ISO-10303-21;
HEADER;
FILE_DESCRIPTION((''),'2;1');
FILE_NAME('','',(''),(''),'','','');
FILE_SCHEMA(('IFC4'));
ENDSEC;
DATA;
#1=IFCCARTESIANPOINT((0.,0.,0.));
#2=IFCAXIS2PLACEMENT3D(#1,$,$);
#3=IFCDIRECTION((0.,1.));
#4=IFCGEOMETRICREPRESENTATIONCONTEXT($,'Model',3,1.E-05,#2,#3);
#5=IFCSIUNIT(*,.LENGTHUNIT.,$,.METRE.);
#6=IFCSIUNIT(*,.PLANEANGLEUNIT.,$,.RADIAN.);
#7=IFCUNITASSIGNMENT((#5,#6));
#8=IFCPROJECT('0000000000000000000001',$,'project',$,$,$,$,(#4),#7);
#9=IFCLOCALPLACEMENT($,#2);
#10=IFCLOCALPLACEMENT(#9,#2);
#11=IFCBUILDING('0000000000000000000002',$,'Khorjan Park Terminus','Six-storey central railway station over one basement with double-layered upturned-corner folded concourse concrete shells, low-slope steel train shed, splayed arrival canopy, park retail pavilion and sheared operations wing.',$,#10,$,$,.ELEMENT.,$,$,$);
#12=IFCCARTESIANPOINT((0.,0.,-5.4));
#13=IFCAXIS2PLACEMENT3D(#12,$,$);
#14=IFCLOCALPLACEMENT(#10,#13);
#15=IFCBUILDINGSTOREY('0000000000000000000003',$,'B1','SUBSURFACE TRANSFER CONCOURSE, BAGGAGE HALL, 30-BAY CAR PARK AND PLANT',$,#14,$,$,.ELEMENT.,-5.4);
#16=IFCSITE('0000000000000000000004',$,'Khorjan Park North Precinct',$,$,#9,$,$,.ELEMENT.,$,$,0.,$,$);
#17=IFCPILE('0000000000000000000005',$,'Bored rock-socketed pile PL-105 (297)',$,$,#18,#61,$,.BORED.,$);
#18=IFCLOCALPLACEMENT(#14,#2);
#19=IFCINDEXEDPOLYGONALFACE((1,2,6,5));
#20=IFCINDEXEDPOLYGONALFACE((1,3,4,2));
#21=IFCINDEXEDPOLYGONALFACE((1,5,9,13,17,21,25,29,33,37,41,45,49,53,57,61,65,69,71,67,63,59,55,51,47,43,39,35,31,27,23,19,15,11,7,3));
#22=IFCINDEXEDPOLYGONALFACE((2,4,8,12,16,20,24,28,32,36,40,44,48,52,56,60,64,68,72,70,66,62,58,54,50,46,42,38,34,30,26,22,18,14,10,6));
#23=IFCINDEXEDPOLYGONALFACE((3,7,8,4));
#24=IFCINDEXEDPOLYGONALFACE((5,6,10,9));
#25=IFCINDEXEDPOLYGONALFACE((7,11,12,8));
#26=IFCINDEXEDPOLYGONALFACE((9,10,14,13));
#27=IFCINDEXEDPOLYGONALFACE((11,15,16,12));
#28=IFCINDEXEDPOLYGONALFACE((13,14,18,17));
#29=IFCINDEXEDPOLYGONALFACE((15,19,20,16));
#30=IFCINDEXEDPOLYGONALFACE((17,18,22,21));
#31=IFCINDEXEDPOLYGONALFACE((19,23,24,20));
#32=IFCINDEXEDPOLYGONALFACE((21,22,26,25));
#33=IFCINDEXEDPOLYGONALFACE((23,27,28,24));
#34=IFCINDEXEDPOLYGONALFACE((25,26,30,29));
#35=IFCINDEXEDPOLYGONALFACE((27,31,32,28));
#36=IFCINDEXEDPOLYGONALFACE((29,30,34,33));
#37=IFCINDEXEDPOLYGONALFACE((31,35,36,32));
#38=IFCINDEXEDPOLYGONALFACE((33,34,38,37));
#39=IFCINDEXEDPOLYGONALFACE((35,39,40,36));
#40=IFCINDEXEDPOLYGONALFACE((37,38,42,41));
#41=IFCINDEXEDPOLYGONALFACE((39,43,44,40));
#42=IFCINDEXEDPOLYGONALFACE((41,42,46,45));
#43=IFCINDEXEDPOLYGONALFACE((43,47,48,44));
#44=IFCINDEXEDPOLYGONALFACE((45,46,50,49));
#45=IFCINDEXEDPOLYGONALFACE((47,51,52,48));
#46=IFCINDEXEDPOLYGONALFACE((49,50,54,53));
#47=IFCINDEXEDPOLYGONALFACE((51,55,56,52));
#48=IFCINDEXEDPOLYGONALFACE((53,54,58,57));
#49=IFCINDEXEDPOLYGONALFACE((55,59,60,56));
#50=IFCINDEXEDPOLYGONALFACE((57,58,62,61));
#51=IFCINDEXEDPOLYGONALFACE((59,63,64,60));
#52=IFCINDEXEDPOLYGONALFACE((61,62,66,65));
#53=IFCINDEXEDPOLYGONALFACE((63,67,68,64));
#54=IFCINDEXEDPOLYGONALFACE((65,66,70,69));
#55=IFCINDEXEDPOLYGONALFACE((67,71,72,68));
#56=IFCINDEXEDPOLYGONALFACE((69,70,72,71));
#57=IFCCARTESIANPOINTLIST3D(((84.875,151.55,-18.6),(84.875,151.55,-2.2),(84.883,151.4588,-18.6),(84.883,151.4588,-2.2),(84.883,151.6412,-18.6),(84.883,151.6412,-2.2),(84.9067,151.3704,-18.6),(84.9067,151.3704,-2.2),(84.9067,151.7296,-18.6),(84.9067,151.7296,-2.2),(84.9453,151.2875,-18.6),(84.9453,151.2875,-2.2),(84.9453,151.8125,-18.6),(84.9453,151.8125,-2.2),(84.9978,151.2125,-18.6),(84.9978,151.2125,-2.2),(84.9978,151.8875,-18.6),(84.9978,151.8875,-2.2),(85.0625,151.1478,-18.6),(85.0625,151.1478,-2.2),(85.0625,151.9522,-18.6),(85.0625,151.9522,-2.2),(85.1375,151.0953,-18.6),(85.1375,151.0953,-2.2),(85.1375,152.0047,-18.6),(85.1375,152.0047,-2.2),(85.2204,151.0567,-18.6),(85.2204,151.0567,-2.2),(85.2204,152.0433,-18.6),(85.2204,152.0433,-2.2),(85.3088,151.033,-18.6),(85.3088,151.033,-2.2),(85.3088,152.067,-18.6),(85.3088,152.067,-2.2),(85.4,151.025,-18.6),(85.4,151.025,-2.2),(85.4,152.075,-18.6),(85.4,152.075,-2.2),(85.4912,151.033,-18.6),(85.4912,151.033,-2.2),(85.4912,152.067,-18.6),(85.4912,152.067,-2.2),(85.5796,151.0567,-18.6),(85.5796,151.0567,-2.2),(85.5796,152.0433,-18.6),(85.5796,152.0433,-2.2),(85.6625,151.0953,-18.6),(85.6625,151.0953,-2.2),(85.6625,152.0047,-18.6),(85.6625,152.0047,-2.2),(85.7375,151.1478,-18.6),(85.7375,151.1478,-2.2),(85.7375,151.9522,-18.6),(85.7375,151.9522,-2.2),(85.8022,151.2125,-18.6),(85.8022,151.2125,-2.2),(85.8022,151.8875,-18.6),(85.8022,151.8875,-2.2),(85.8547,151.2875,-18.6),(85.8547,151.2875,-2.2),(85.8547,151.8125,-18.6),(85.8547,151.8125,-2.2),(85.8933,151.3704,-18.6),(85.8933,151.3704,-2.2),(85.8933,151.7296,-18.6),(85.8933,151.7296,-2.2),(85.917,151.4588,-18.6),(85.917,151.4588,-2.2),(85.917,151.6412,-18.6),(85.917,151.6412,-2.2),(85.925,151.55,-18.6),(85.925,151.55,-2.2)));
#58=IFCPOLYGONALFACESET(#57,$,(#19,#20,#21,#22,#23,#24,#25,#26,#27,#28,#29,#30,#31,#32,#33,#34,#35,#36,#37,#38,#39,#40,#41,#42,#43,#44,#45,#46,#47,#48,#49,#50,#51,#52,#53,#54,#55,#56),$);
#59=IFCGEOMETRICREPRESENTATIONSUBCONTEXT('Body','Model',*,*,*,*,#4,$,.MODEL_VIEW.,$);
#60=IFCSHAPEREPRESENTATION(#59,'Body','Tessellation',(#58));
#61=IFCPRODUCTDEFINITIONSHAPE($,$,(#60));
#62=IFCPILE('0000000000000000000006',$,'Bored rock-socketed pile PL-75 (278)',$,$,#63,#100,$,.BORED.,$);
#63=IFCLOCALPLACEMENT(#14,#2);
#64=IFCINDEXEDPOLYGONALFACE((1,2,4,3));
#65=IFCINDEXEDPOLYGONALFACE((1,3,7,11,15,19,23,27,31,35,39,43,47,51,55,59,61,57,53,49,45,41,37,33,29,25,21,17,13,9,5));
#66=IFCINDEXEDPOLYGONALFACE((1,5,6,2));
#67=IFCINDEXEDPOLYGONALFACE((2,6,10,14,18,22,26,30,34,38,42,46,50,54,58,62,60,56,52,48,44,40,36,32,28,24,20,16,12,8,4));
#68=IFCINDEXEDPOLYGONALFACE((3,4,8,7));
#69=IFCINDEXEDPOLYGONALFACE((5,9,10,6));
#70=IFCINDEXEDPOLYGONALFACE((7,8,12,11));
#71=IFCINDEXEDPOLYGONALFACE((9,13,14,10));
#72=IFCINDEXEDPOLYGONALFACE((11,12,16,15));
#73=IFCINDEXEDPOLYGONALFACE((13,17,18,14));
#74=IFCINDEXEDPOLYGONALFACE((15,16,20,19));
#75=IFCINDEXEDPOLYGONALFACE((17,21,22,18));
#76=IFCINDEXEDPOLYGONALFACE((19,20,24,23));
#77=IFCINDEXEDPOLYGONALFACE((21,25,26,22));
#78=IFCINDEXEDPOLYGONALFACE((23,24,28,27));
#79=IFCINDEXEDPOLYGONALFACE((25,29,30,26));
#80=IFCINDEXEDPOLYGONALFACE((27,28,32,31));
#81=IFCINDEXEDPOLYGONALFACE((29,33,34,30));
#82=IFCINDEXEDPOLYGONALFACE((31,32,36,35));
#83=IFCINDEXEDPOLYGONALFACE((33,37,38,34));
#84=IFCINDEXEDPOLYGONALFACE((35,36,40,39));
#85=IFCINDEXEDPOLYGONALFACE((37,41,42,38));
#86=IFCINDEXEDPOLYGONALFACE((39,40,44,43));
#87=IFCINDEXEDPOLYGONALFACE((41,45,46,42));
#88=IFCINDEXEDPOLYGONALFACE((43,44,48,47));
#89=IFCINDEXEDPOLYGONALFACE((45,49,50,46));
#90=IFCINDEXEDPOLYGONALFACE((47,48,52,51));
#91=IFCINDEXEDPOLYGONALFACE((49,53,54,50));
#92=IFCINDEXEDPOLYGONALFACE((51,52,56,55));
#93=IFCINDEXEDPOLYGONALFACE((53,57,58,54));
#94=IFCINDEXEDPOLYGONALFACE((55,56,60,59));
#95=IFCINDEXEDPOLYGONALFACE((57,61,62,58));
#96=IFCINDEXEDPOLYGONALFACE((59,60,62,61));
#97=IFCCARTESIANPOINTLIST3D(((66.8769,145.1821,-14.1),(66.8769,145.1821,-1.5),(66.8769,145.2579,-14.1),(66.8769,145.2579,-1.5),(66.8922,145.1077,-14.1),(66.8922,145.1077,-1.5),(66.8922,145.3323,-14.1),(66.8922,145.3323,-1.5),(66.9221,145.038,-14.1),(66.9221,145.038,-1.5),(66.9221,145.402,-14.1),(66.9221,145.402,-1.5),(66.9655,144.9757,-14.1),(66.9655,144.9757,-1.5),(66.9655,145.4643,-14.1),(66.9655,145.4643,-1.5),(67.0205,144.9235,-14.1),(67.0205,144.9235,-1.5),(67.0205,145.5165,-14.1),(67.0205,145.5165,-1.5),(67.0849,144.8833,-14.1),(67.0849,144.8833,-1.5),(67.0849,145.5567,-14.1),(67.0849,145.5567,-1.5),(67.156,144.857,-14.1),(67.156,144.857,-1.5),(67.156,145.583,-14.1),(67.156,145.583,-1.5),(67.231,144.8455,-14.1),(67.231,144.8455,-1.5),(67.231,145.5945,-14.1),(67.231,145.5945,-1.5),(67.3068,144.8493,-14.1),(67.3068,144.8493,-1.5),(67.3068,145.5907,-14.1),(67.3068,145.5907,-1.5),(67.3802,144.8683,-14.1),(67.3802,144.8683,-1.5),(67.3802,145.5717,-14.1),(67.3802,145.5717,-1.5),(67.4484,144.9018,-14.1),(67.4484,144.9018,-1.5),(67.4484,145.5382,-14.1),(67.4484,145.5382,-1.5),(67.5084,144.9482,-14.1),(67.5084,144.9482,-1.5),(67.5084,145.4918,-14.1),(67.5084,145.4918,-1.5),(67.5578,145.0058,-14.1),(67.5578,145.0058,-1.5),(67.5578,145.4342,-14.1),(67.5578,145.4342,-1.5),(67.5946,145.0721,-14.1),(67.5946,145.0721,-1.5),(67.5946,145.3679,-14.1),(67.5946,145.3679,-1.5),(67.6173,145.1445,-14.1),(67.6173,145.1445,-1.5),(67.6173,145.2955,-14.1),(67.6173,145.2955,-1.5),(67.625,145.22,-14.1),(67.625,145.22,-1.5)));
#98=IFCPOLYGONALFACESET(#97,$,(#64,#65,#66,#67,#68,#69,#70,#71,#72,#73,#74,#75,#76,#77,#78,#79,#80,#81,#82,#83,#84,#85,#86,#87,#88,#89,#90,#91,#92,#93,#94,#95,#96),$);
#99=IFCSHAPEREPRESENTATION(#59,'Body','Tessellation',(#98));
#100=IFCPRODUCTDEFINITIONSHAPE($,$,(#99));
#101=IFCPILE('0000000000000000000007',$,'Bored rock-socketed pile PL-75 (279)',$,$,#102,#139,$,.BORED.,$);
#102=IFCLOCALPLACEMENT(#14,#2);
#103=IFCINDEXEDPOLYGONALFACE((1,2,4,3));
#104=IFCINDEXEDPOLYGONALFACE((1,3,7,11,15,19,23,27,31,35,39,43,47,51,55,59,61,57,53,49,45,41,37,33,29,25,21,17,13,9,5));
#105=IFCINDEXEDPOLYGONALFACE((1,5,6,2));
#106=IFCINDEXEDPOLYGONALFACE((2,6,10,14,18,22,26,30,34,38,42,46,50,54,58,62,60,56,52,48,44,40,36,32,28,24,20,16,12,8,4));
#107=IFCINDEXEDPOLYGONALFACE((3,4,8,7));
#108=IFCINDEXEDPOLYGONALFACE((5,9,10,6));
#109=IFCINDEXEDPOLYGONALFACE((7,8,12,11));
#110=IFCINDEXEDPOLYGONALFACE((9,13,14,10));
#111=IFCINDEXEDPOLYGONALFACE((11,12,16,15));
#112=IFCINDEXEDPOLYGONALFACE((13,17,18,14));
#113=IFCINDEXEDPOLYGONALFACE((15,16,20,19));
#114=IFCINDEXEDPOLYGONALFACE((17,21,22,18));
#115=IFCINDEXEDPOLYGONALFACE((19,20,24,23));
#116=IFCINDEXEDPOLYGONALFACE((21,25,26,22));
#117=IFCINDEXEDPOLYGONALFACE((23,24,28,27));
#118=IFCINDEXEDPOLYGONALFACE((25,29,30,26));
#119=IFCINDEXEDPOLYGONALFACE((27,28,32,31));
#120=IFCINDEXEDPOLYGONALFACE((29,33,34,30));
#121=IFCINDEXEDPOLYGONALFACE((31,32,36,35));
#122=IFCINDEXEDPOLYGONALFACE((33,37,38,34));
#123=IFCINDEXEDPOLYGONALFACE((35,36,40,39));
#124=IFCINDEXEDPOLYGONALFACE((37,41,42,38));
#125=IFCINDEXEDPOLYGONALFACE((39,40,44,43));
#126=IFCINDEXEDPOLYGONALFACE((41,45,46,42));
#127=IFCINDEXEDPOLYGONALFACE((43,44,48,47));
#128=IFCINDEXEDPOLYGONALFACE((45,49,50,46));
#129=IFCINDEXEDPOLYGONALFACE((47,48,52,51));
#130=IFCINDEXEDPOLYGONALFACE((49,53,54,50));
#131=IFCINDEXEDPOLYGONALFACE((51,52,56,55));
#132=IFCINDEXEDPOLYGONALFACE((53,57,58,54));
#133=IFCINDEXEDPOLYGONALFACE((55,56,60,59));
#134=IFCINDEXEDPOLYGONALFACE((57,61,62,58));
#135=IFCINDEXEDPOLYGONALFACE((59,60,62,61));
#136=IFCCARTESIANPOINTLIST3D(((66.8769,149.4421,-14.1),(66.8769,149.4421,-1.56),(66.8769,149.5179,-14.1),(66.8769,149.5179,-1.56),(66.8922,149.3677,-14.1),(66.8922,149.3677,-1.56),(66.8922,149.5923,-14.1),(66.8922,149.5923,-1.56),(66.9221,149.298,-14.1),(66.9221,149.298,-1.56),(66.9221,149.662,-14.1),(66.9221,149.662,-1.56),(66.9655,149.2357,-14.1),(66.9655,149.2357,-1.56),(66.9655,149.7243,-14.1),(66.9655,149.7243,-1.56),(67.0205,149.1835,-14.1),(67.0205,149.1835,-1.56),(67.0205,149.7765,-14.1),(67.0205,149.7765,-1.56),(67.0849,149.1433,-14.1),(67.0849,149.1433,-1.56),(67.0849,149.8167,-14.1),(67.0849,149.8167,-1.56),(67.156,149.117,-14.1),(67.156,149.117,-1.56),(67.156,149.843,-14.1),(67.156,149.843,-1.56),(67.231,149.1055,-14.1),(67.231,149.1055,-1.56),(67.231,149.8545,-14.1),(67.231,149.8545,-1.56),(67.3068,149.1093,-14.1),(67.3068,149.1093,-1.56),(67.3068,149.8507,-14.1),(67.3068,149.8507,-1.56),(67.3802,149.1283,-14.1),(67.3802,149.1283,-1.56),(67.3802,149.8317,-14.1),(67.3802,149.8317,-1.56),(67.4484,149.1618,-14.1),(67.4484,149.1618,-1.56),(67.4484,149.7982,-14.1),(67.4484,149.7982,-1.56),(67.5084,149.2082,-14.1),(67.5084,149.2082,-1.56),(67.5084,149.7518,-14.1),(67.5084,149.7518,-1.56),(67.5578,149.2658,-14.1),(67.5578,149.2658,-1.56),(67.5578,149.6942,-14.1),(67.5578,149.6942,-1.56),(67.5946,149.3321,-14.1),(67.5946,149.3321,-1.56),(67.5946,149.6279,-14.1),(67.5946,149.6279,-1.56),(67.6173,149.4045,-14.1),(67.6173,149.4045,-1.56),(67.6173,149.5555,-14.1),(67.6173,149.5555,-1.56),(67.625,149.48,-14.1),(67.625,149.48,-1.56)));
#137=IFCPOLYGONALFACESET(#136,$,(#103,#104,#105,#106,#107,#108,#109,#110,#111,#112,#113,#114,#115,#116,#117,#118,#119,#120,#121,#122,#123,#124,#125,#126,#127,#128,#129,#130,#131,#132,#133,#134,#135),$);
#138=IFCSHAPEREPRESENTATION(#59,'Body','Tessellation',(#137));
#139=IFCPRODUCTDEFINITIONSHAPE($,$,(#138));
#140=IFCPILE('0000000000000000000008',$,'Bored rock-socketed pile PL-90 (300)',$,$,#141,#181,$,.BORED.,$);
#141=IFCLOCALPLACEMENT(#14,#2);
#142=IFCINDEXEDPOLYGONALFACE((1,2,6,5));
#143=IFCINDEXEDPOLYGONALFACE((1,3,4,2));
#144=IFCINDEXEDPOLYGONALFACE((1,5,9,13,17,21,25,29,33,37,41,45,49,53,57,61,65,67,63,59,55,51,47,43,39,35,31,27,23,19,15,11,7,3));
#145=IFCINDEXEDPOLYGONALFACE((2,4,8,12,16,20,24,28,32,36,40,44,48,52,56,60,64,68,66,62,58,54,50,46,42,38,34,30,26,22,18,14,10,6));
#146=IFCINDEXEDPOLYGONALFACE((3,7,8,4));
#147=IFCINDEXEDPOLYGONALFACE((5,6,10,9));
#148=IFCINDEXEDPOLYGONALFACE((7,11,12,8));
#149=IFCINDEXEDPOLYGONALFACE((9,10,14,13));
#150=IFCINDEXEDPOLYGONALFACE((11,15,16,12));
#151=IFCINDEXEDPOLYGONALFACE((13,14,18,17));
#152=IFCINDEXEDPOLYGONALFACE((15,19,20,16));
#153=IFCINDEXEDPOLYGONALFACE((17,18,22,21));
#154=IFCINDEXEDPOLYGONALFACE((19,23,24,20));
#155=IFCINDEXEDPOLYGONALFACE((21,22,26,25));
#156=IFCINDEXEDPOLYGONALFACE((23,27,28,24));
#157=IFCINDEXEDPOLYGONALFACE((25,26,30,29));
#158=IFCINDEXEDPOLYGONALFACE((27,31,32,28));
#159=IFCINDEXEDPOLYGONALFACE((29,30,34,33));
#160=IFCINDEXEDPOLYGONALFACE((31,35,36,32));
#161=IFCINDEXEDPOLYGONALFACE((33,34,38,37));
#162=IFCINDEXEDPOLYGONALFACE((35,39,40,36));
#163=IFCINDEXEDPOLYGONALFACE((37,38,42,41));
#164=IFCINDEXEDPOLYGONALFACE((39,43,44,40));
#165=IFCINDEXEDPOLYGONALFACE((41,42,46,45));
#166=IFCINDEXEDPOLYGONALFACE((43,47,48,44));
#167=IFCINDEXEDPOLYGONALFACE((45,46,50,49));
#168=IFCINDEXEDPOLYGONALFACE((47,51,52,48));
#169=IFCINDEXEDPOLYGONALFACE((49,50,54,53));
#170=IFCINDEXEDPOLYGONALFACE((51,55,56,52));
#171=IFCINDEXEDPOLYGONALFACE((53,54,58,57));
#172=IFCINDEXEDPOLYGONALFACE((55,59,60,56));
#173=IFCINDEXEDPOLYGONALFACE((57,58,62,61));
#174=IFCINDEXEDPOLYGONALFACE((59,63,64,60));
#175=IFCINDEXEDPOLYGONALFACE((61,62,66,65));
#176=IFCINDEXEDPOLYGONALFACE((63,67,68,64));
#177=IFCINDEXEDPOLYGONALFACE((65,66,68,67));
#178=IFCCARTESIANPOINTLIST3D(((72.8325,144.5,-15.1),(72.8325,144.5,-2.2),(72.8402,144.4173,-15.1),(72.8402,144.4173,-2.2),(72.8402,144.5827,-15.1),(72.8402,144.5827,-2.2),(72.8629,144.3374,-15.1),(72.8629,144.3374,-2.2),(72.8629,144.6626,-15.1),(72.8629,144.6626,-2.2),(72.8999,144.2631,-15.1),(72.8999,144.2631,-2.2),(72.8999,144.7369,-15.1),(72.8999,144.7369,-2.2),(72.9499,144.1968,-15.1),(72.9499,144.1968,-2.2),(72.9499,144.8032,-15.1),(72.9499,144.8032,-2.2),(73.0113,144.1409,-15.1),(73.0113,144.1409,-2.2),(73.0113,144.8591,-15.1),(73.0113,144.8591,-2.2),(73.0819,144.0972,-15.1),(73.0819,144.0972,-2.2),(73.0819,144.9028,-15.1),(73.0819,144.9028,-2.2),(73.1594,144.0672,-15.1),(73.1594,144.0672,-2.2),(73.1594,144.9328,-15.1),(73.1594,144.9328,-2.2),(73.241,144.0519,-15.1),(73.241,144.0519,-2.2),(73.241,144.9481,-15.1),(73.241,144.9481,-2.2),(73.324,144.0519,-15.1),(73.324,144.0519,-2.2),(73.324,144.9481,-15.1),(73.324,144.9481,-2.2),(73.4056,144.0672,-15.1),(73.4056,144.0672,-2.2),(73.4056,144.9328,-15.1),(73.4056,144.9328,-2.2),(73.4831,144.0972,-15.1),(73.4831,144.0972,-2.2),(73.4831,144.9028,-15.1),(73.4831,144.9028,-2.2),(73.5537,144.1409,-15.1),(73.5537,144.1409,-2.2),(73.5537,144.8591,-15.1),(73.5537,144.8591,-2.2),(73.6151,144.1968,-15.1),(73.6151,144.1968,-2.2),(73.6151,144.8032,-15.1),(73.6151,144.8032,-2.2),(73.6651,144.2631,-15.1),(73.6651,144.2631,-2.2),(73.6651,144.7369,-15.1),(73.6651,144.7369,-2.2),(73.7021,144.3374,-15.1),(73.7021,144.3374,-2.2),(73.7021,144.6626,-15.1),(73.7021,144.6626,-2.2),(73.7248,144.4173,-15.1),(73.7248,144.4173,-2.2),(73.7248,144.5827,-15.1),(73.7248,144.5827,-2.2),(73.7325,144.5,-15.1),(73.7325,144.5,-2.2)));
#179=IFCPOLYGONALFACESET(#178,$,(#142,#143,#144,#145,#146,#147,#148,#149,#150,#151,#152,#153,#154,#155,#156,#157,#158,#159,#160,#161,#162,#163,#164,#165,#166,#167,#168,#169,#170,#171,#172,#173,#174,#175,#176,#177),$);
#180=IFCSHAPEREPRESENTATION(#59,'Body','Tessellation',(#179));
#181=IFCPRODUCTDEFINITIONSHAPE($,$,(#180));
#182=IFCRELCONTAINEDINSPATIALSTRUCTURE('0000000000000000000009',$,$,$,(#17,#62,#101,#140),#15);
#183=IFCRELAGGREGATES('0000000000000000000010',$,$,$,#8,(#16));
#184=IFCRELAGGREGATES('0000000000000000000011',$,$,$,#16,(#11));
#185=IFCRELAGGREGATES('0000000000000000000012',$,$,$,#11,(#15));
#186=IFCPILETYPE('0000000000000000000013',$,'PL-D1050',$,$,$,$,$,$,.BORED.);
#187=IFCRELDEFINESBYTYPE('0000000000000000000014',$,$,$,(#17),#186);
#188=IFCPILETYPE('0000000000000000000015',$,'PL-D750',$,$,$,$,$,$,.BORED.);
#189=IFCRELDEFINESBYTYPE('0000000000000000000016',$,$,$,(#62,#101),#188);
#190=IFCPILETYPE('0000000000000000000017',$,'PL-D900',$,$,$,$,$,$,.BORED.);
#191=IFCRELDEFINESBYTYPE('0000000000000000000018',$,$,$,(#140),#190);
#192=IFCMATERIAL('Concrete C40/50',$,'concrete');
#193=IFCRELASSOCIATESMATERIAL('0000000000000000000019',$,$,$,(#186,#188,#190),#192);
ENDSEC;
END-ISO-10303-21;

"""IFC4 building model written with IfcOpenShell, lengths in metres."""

from ifc_helpers import new_model, si_unit, direction, frame, origin, origin_2d, place, context, subcontext, project, spatial, circle, extrude, material, material_profile, profile_set, type_object, element, save


model = new_model("IFC4")

# Units and contexts
model_context = context("Model", 3, precision=1e-05, world=origin(), true_north=direction((0.0, 1.0)))
body_context = subcontext(model_context, "Body", "Model", "MODEL_VIEW")
ifc_project = project(units=[si_unit("LENGTHUNIT", "METRE"), si_unit("PLANEANGLEUNIT", "RADIAN")], contexts=[model_context])

# Site, building, storey
site_placement = place(None, origin())
site = spatial("IfcSite", under=ifc_project, at=site_placement, Name="Khorjan Park North Precinct", CompositionType="ELEMENT", RefElevation=0.0)
building_placement = place(site_placement, origin())
building = spatial("IfcBuilding", under=site, at=building_placement, Name="Khorjan Park Terminus", Description="Six-storey central railway station over one basement with double-layered upturned-corner folded concourse concrete shells, low-slope steel train shed, splayed arrival canopy, park retail pavilion and sheared operations wing.", CompositionType="ELEMENT")
storey_placement = place(building_placement, frame((0.0, 0.0, -5.4)))
storey = spatial("IfcBuildingStorey", under=building, at=storey_placement, Name="B1", Description="SUBSURFACE TRANSFER CONCOURSE, BAGGAGE HALL, 30-BAY CAR PARK AND PLANT", CompositionType="ELEMENT", Elevation=-5.4)

# Shared definitions
ifc_material_1 = material(Name="Concrete C40/50", Category="concrete")

# Piles
ifc_material_profile_1 = material_profile(ifc_material_1, circle(Radius=0.525, at=origin_2d()), Name="BORED D1050")
ifc_profile_set_1 = profile_set([ifc_material_profile_1], Name="Concrete C40/50")
pile_type_1 = type_object("IfcPileType", Name="PL-D1050", PredefinedType="BORED", material=ifc_profile_set_1)
for number, where, z_axis, x_axis, name in (
    (1, (85.4, 151.55, -2.2), (0.0, 0.0, -1.0), (1.0, 0.0, 0.0), "Bored rock-socketed pile PL-105 (297)"),
):
    element("IfcPile", number, at=place(storey_placement, frame(where, z_axis=z_axis, x_axis=x_axis)), inside=storey, type_object=pile_type_1, Name=name, PredefinedType="BORED", context=body_context, shape_type="SweptSolid", body=[
        extrude(circle(Radius=0.525, at=origin_2d()), origin(), (0.0, 0.0, 1.0), 16.4),
    ])
ifc_material_profile_2 = material_profile(ifc_material_1, circle(Radius=0.375, at=origin_2d()), Name="BORED D750")
ifc_profile_set_2 = profile_set([ifc_material_profile_2], Name="Concrete C40/50")
pile_type_2 = type_object("IfcPileType", Name="PL-D750", PredefinedType="BORED", material=ifc_profile_set_2)
pile_1_placement = place(storey_placement, frame((67.25, 145.22, -1.5), z_axis=(0.0, 0.0, -1.0), x_axis=(1.0, 0.0, 0.0)))
element("IfcPile", 2, at=pile_1_placement, inside=storey, type_object=pile_type_2, Name="Bored rock-socketed pile PL-75 (278)", PredefinedType="BORED", context=body_context, shape_type="SweptSolid", body=[
    extrude(circle(Radius=0.375, at=origin_2d()), origin(), (0.0, 0.0, 1.0), 12.6),
])
pile_2_placement = place(storey_placement, frame((67.25, 149.48, -1.56), z_axis=(0.0, 0.0, -1.0), x_axis=(1.0, 0.0, 0.0)))
element("IfcPile", 3, at=pile_2_placement, inside=storey, type_object=pile_type_2, Name="Bored rock-socketed pile PL-75 (279)", PredefinedType="BORED", context=body_context, shape_type="SweptSolid", body=[
    extrude(circle(Radius=0.375, at=origin_2d()), origin(), (0.0, 0.0, 1.0), 12.54),
])
ifc_material_profile_3 = material_profile(ifc_material_1, circle(Radius=0.45, at=origin_2d()), Name="BORED D900")
ifc_profile_set_3 = profile_set([ifc_material_profile_3], Name="Concrete C40/50")
pile_type_3 = type_object("IfcPileType", Name="PL-D900", PredefinedType="BORED", material=ifc_profile_set_3)
for number, where, z_axis, x_axis, name in (
    (4, (73.2825, 144.5, -2.2), (0.0, 0.0, -1.0), (1.0, 0.0, 0.0), "Bored rock-socketed pile PL-90 (300)"),
):
    element("IfcPile", number, at=place(storey_placement, frame(where, z_axis=z_axis, x_axis=x_axis)), inside=storey, type_object=pile_type_3, Name=name, PredefinedType="BORED", context=body_context, shape_type="SweptSolid", body=[
        extrude(circle(Radius=0.45, at=origin_2d()), origin(), (0.0, 0.0, 1.0), 12.9),
    ])

save(model, "model.ifc")
